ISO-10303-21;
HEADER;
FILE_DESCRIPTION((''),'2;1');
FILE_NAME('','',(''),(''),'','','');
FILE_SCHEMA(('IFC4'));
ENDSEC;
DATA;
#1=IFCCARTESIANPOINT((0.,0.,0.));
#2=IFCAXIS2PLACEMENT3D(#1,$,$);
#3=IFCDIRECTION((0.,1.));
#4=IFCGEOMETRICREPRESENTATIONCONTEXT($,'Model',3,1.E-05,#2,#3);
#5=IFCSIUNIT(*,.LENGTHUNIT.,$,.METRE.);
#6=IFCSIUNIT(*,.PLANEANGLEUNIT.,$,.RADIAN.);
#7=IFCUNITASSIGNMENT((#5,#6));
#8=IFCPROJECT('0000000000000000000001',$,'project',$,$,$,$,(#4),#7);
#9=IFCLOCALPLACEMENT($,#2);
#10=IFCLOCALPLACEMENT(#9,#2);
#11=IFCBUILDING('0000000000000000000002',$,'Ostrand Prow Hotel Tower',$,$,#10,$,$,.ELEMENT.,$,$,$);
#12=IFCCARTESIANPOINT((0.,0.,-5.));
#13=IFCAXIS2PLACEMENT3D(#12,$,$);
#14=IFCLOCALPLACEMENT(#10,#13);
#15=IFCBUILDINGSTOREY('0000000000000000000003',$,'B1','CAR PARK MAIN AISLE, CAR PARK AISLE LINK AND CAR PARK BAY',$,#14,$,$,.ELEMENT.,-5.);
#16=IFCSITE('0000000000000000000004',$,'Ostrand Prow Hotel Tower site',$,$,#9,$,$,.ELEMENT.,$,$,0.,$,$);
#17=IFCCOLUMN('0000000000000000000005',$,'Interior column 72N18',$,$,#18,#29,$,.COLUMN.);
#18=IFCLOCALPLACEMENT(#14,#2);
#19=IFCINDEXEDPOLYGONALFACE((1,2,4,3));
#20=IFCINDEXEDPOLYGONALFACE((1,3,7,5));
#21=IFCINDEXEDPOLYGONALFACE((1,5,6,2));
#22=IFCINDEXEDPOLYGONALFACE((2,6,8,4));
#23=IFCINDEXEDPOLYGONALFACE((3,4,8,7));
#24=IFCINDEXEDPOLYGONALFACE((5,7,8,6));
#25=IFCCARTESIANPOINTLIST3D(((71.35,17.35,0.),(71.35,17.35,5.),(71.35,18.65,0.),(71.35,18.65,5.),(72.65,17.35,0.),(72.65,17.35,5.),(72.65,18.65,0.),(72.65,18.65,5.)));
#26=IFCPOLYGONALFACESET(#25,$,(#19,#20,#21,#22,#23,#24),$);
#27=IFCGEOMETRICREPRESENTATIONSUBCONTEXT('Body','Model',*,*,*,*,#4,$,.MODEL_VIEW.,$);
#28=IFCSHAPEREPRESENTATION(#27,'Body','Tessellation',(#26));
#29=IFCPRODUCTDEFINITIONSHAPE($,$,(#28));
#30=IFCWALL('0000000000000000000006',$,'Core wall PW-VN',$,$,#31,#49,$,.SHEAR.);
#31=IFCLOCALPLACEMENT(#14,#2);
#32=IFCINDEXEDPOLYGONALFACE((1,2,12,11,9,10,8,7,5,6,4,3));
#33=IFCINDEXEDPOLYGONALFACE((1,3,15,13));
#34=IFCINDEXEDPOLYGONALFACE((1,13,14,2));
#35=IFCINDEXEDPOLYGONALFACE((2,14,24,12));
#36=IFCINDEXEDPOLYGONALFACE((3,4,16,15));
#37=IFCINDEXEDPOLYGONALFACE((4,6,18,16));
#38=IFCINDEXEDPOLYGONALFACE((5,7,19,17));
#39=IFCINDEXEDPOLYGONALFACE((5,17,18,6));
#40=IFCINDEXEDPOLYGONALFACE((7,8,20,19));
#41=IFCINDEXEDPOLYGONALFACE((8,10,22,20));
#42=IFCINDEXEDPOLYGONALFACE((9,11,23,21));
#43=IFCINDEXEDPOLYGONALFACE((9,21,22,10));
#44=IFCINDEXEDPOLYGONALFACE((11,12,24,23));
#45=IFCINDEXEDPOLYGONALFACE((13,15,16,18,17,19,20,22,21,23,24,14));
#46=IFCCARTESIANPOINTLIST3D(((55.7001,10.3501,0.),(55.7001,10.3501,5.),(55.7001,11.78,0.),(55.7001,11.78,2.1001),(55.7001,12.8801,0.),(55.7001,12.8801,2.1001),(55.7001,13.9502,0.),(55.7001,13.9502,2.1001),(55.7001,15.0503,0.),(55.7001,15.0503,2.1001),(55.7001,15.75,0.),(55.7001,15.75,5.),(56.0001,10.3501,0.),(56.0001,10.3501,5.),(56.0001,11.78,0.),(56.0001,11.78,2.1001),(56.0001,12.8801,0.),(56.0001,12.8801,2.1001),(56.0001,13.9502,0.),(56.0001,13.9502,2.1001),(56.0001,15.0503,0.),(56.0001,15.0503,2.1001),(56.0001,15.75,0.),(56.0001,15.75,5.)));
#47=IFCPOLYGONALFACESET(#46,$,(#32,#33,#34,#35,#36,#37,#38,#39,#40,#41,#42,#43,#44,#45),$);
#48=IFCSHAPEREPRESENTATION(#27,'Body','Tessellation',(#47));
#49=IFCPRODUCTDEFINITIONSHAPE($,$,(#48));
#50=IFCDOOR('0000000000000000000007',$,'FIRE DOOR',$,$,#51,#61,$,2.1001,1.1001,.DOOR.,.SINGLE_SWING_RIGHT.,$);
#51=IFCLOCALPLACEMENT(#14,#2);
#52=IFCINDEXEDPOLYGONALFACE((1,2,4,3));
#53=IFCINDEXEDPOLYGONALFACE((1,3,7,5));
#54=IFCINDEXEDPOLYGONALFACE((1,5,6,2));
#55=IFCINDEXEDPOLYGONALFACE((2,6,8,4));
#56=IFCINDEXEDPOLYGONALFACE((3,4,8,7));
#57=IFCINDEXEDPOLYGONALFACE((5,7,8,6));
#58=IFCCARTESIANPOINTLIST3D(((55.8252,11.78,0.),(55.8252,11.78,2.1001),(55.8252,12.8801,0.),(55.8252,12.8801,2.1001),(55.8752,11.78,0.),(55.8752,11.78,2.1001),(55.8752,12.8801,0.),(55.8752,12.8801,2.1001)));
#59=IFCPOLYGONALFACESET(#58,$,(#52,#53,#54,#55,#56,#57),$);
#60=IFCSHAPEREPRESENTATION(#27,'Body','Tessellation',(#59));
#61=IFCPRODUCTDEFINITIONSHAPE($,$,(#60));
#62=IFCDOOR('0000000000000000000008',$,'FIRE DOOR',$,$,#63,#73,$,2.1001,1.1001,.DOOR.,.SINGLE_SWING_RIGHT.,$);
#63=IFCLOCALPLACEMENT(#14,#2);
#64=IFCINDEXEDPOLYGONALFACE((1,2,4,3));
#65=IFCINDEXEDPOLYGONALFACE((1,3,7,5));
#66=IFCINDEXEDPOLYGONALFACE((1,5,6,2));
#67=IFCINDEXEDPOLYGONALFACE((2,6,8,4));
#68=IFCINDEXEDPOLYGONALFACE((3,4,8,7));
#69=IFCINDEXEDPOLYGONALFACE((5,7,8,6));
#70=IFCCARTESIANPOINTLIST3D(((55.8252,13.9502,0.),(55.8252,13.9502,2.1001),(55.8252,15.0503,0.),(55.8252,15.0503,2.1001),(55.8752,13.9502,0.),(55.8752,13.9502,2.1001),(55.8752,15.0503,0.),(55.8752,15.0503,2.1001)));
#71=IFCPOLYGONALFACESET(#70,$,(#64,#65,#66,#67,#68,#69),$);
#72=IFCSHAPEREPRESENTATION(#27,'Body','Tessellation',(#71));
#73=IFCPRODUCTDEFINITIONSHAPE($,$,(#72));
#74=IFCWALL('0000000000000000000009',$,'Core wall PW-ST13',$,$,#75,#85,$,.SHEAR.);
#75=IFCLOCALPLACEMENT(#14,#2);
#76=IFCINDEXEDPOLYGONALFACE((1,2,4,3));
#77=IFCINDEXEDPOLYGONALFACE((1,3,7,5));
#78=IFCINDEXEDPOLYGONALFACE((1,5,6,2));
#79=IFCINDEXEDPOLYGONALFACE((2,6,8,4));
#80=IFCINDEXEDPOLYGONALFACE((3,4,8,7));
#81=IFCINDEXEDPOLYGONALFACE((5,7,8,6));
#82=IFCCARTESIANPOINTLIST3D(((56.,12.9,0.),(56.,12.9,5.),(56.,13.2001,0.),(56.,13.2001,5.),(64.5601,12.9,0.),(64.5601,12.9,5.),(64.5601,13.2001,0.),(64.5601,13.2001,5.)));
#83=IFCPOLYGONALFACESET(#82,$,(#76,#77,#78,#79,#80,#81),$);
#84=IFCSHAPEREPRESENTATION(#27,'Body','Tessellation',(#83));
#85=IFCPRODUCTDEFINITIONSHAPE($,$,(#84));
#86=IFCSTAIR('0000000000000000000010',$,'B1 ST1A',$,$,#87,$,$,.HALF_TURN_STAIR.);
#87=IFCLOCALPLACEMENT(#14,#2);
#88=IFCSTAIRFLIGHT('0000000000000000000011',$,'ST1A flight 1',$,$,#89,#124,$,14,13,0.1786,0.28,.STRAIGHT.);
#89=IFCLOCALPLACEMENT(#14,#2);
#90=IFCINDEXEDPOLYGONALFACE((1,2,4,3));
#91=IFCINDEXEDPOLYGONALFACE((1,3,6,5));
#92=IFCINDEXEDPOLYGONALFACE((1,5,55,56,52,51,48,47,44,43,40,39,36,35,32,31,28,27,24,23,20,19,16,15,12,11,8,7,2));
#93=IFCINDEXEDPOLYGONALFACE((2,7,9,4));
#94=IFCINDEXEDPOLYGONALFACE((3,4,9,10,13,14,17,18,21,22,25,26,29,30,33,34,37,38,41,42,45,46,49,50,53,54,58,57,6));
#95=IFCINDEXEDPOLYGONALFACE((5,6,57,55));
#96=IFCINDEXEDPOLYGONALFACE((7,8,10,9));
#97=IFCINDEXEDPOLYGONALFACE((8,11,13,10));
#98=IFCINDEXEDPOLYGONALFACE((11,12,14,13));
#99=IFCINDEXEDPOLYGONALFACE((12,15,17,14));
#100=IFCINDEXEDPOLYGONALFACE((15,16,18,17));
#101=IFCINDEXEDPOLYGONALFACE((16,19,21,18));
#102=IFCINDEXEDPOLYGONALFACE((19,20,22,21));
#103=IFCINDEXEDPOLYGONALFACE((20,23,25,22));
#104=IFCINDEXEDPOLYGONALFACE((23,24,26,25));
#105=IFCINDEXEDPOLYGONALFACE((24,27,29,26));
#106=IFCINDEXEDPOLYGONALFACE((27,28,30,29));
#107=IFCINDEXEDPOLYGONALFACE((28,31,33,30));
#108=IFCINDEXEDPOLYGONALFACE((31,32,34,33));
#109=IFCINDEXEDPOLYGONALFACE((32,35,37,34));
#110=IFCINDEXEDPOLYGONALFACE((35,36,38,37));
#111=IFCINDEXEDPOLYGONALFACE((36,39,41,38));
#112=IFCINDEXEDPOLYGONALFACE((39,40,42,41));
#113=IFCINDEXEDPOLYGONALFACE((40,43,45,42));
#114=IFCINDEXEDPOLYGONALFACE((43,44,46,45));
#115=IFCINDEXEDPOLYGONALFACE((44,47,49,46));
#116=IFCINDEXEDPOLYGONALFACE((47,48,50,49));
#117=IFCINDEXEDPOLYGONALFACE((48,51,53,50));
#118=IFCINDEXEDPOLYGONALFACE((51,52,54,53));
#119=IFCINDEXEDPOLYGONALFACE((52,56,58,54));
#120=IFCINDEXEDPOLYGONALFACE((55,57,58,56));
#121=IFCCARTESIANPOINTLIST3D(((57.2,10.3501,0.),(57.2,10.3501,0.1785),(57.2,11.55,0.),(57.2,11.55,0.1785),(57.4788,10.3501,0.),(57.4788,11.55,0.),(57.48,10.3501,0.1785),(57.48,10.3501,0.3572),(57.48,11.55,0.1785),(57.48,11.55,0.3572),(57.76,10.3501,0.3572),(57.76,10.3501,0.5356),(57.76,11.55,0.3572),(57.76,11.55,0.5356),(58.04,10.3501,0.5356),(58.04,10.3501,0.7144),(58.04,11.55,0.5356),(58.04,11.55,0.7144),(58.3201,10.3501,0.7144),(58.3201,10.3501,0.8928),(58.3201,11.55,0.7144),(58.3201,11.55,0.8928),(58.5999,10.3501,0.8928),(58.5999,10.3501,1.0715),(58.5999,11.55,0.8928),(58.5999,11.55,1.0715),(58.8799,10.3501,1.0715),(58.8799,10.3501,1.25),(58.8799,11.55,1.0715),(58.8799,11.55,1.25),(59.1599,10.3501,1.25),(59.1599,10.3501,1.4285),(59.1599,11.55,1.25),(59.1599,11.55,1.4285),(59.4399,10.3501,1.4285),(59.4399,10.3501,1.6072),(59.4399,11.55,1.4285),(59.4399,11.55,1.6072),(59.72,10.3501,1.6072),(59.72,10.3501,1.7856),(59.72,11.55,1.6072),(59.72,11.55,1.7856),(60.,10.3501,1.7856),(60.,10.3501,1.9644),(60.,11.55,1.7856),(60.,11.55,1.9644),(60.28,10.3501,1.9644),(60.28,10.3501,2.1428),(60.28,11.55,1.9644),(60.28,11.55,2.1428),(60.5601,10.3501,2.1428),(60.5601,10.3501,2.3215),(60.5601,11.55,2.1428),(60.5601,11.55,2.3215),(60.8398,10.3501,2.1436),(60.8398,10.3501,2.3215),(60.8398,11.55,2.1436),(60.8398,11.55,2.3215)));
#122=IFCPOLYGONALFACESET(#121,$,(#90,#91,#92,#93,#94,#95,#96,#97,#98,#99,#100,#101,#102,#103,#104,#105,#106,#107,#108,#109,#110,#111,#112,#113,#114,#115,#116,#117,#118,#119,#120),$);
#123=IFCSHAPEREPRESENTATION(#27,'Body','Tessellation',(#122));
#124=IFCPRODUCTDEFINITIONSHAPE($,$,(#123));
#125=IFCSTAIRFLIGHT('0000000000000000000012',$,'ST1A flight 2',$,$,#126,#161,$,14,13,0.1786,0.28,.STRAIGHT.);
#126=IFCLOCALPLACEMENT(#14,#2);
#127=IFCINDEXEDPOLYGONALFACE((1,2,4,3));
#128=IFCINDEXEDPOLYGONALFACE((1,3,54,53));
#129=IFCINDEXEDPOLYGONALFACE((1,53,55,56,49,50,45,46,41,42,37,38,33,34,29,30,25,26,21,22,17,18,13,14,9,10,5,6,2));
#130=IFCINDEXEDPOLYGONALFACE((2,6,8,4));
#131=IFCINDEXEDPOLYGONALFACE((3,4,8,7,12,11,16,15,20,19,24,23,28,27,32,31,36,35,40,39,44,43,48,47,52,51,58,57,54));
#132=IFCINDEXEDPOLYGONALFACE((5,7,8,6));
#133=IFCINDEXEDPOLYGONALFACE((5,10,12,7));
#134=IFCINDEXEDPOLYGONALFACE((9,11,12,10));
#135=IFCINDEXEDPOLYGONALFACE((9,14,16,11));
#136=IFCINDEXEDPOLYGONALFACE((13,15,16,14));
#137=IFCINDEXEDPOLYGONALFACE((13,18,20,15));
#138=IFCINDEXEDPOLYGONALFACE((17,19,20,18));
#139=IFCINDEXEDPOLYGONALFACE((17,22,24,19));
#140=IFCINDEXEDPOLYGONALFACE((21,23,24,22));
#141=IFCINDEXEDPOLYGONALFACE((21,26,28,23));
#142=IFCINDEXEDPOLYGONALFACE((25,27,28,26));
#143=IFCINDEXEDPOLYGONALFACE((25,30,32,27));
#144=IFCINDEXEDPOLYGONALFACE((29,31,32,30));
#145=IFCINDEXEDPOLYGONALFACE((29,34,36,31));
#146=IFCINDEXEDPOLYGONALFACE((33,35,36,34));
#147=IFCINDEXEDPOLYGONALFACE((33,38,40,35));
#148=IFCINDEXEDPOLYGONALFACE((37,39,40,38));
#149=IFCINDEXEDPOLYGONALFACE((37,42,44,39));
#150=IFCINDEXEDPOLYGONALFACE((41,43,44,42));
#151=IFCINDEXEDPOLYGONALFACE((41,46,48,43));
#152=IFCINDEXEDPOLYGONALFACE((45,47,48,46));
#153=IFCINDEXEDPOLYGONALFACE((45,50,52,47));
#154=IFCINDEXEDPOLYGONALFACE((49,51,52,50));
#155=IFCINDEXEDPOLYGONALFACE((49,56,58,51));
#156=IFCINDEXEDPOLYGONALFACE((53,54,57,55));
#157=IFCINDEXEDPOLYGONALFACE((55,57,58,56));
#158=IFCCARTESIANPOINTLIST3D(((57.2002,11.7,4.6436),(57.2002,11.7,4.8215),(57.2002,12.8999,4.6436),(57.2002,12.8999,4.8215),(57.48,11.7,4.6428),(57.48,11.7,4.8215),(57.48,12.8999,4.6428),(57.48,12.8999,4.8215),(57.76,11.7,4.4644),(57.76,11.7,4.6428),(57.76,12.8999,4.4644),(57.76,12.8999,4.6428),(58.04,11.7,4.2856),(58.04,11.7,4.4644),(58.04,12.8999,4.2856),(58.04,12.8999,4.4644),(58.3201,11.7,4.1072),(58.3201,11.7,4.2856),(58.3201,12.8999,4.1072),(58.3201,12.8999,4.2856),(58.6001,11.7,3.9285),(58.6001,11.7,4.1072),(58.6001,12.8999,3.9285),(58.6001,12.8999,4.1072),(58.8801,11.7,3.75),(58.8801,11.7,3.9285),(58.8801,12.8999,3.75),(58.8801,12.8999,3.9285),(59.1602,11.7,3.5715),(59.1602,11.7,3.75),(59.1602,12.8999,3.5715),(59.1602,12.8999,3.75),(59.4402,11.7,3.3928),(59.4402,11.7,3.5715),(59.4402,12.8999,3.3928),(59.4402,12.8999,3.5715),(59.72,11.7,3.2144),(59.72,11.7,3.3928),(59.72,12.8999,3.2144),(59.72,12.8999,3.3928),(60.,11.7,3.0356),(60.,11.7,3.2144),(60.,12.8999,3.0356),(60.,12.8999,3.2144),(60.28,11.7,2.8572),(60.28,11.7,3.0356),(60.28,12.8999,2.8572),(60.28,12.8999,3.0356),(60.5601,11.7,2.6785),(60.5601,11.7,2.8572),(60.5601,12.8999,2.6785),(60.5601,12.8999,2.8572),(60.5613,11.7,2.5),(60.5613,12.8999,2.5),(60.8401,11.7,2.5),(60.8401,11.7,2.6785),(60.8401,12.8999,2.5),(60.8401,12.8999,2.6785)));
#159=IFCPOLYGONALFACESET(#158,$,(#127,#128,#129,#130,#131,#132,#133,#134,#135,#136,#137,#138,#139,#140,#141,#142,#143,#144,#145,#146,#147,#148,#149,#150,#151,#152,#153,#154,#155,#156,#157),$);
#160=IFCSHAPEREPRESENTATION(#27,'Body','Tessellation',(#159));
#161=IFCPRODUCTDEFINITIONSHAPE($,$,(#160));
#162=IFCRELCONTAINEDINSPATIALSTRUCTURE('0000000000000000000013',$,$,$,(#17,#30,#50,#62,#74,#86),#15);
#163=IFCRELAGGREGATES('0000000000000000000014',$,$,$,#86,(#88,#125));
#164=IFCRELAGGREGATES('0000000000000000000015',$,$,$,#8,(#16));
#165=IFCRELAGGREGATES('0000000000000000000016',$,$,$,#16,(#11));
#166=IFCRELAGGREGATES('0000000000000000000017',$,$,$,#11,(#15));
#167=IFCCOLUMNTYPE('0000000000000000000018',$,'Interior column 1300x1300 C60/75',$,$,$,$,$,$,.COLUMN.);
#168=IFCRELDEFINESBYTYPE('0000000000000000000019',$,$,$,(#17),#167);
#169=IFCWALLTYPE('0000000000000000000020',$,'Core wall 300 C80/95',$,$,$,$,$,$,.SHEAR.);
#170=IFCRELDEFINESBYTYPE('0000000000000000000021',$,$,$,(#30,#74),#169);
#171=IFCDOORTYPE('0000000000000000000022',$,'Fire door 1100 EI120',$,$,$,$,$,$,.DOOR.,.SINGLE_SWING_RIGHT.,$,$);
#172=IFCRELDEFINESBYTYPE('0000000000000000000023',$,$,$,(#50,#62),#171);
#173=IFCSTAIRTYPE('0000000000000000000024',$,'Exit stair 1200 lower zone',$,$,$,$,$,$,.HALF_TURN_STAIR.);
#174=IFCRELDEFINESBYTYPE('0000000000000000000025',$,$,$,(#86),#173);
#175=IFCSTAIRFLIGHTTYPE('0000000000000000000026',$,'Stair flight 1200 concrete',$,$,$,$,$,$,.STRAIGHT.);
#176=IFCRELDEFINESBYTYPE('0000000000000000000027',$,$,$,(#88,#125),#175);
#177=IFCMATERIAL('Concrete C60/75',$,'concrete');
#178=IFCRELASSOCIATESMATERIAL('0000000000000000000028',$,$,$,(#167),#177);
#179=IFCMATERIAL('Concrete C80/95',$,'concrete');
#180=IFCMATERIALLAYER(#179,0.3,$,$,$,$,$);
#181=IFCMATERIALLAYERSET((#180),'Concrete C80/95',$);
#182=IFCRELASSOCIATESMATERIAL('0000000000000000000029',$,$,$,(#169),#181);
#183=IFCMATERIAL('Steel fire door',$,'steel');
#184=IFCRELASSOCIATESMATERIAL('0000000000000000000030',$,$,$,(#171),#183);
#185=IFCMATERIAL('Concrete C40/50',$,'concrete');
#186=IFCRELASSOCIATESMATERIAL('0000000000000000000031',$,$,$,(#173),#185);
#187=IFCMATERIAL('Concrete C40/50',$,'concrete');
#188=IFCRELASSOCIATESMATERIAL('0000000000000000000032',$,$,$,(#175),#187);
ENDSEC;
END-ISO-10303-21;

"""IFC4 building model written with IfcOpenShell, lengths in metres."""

from ifc_helpers import new_model, si_unit, direction, frame, frame_2d, origin, origin_2d, place, context, subcontext, project, spatial, polyline, rectangle, outline, extrude, material, layer, layer_set, material_profile, profile_set, type_object, element, fill, aggregate, save


model = new_model("IFC4")

# Units and contexts
model_context = context("Model", 3, precision=1e-05, world=origin(), true_north=direction((0.0, 1.0)))
body_context = subcontext(model_context, "Body", "Model", "MODEL_VIEW")
ifc_project = project(units=[si_unit("LENGTHUNIT", "METRE"), si_unit("PLANEANGLEUNIT", "RADIAN")], contexts=[model_context])

# Site, building, storey
site_placement = place(None, origin())
site = spatial("IfcSite", under=ifc_project, at=site_placement, Name="Ostrand Prow Hotel Tower site", CompositionType="ELEMENT", RefElevation=0.0)
building_placement = place(site_placement, origin())
building = spatial("IfcBuilding", under=site, at=building_placement, Name="Ostrand Prow Hotel Tower", CompositionType="ELEMENT")
storey_placement = place(building_placement, frame((0.0, 0.0, -5.0)))
storey = spatial("IfcBuildingStorey", under=building, at=storey_placement, Name="B1", Description="CAR PARK MAIN AISLE, CAR PARK AISLE LINK AND CAR PARK BAY", CompositionType="ELEMENT", Elevation=-5.0)

# Column
ifc_material_1 = material(Name="Concrete C60/75", Category="concrete")
ifc_material_profile = material_profile(ifc_material_1, rectangle(XDim=1.3, YDim=1.3, at=origin_2d()), Name="RC 1300x1300")
ifc_profile_set = profile_set([ifc_material_profile], Name="Concrete C60/75")
column_type = type_object("IfcColumnType", Name="Interior column 1300x1300 C60/75", PredefinedType="COLUMN", material=ifc_profile_set)
column_placement = place(storey_placement, frame((72.0, 18.0, 0.0), z_axis=(0.0, 0.0, 1.0), x_axis=(1.0, 0.0, 0.0)))
element("IfcColumn", 1, at=column_placement, inside=storey, type_object=column_type, Name="Interior column 72N18", PredefinedType="COLUMN", context=body_context, shape_type="SweptSolid", body=[
    extrude(rectangle(XDim=1.3, YDim=1.3, at=origin_2d()), origin(), (0.0, 0.0, 1.0), 5.0),
])

# Wall, openings, doors
ifc_material_2 = material(Name="Concrete C80/95", Category="concrete")
ifc_layer = layer(ifc_material_2, 0.3)
ifc_layer_set = layer_set([ifc_layer], Name="Concrete C80/95")
wall_type = type_object("IfcWallType", Name="Core wall 300 C80/95", PredefinedType="SHEAR", material=ifc_layer_set)
wall_1_placement = place(storey_placement, frame((55.8501, 10.3501, 0.0), z_axis=(0.0, 0.0, 1.0), x_axis=(0.0, 1.0, 0.0)))
wall_1 = element("IfcWall", 2, at=wall_1_placement, inside=storey, type_object=wall_type, Name="Core wall PW-VN", PredefinedType="SHEAR", context=body_context, shape_type="SweptSolid", body=[
    extrude(rectangle(XDim=5.3999, YDim=0.3, at=frame_2d((2.7, 0.0))), origin(), (0.0, 0.0, 1.0), 5.0),
])
opening_1_placement = place(wall_1_placement, frame((1.4299, 0.0, 0.0)))
opening_1 = element("IfcOpeningElement", 3, at=opening_1_placement, cuts=wall_1, PredefinedType="OPENING", context=body_context, shape_type="SweptSolid", body=[
    extrude(rectangle(XDim=1.1001, YDim=2.1001, at=frame_2d((0.55, 1.05))), frame((0.0, 0.1599, 0.0), z_axis=(0.0, -1.0, 0.0), x_axis=(1.0, 0.0, 0.0)), (0.0, 0.0, 1.0), 0.3201),
])
opening_2_placement = place(wall_1_placement, frame((3.6001, 0.0, 0.0)))
opening_2 = element("IfcOpeningElement", 4, at=opening_2_placement, cuts=wall_1, PredefinedType="OPENING", context=body_context, shape_type="SweptSolid", body=[
    extrude(rectangle(XDim=1.1001, YDim=2.1001, at=frame_2d((0.55, 1.05))), frame((0.0, 0.1599, 0.0), z_axis=(0.0, -1.0, 0.0), x_axis=(1.0, 0.0, 0.0)), (0.0, 0.0, 1.0), 0.3201),
])
ifc_material_3 = material(Name="Steel fire door", Category="steel")
door_type = type_object("IfcDoorType", Name="Fire door 1100 EI120", OperationType="SINGLE_SWING_RIGHT", PredefinedType="DOOR", material=ifc_material_3)
door_1_placement = place(opening_1_placement, origin())
door_1 = element("IfcDoor", 5, at=door_1_placement, inside=storey, type_object=door_type, Name="FIRE DOOR", OperationType="SINGLE_SWING_RIGHT", OverallHeight=2.1001, OverallWidth=1.1001, PredefinedType="DOOR", context=body_context, shape_type="SweptSolid", body=[
    extrude(rectangle(XDim=1.1001, YDim=2.1001, at=frame_2d((0.55, 1.05))), frame((0.0, 0.0249, 0.0), z_axis=(0.0, -1.0, 0.0), x_axis=(1.0, 0.0, 0.0)), (0.0, 0.0, 1.0), 0.05),
])
fill(opening_1, door_1)
door_2_placement = place(opening_2_placement, origin())
door_2 = element("IfcDoor", 6, at=door_2_placement, inside=storey, type_object=door_type, Name="FIRE DOOR", OperationType="SINGLE_SWING_RIGHT", OverallHeight=2.1001, OverallWidth=1.1001, PredefinedType="DOOR", context=body_context, shape_type="SweptSolid", body=[
    extrude(rectangle(XDim=1.1001, YDim=2.1001, at=frame_2d((0.55, 1.05))), frame((0.0, 0.0249, 0.0), z_axis=(0.0, -1.0, 0.0), x_axis=(1.0, 0.0, 0.0)), (0.0, 0.0, 1.0), 0.05),
])
fill(opening_2, door_2)

# Wall
wall_2_placement = place(storey_placement, frame((56.0, 13.05, 0.0), z_axis=(0.0, 0.0, 1.0), x_axis=(1.0, 0.0, 0.0)))
element("IfcWall", 7, at=wall_2_placement, inside=storey, type_object=wall_type, Name="Core wall PW-ST13", PredefinedType="SHEAR", context=body_context, shape_type="SweptSolid", body=[
    extrude(rectangle(XDim=8.5601, YDim=0.3, at=frame_2d((4.28, 0.0))), origin(), (0.0, 0.0, 1.0), 5.0),
])

# Stair, stair flights
ifc_material_4 = material(Name="Concrete C40/50", Category="concrete")
stair_type = type_object("IfcStairType", Name="Exit stair 1200 lower zone", PredefinedType="HALF_TURN_STAIR", material=ifc_material_4)
stair_1_placement = place(storey_placement, origin())
stair_1 = element("IfcStair", 8, at=stair_1_placement, inside=storey, type_object=stair_type, Name="B1 ST1A", PredefinedType="HALF_TURN_STAIR")
ifc_material_5 = material(Name="Concrete C40/50", Category="concrete")
stair_flight_type = type_object("IfcStairFlightType", Name="Stair flight 1200 concrete", PredefinedType="STRAIGHT", material=ifc_material_5)
stair_flight_1_placement = place(storey_placement, frame((57.2, 10.95, 0.0), z_axis=(0.0, 0.0, 1.0), x_axis=(1.0, 0.0, 0.0)))
stair_flight_1 = element("IfcStairFlight", 9, at=stair_flight_1_placement, type_object=stair_flight_type, Name="ST1A flight 1", NumberOfRisers=14, NumberOfTreads=13, PredefinedType="STRAIGHT", RiserHeight=0.1786, TreadLength=0.28, context=body_context, shape_type="SweptSolid", body=[
    extrude(outline(polyline([(0.0, 0.0), (0.0, 0.1785), (0.28, 0.1785), (0.28, 0.3572), (0.5601, 0.3572), (0.5601, 0.5356), (0.8401, 0.5356), (0.8401, 0.7144), (1.1201, 0.7144), (1.1201, 0.8928), (1.3999, 0.8928), (1.3999, 1.0715), (1.6799, 1.0715), (1.6799, 1.25), (1.96, 1.25), (1.96, 1.4285), (2.24, 1.4285), (2.24, 1.6072), (2.52, 1.6072), (2.52, 1.7856), (2.8, 1.7856), (2.8, 1.9644), (3.0801, 1.9644), (3.0801, 2.1428), (3.3601, 2.1428), (3.3601, 2.3215), (3.6399, 2.3215), (3.6399, 2.5), (3.6399, 2.1436), (0.2788, 0.0), (0.0, 0.0)])), frame((0.0, 0.6001, 0.0), z_axis=(0.0, -1.0, 0.0), x_axis=(1.0, 0.0, 0.0)), (0.0, 0.0, 1.0), 1.2),
])
stair_flight_2_placement = place(storey_placement, frame((60.8401, 12.3, 2.5), z_axis=(0.0, 0.0, 1.0), x_axis=(-1.0, 0.0, 0.0)))
stair_flight_2 = element("IfcStairFlight", 10, at=stair_flight_2_placement, type_object=stair_flight_type, Name="ST1A flight 2", NumberOfRisers=14, NumberOfTreads=13, PredefinedType="STRAIGHT", RiserHeight=0.1786, TreadLength=0.28, context=body_context, shape_type="SweptSolid", body=[
    extrude(outline(polyline([(0.0, 0.0), (0.0, 0.1785), (0.28, 0.1785), (0.28, 0.3572), (0.5601, 0.3572), (0.5601, 0.5356), (0.8401, 0.5356), (0.8401, 0.7144), (1.1201, 0.7144), (1.1201, 0.8928), (1.3999, 0.8928), (1.3999, 1.0715), (1.6799, 1.0715), (1.6799, 1.25), (1.96, 1.25), (1.96, 1.4285), (2.24, 1.4285), (2.24, 1.6072), (2.52, 1.6072), (2.52, 1.7856), (2.8, 1.7856), (2.8, 1.9644), (3.0801, 1.9644), (3.0801, 2.1428), (3.3601, 2.1428), (3.3601, 2.3215), (3.6399, 2.3215), (3.6399, 2.5), (3.6399, 2.1436), (0.2788, 0.0), (0.0, 0.0)])), frame((0.0, 0.6001, 0.0), z_axis=(0.0, -1.0, 0.0), x_axis=(1.0, 0.0, 0.0)), (0.0, 0.0, 1.0), 1.2),
])
aggregate(stair_1, [stair_flight_1, stair_flight_2])

save(model, "model.ifc")
